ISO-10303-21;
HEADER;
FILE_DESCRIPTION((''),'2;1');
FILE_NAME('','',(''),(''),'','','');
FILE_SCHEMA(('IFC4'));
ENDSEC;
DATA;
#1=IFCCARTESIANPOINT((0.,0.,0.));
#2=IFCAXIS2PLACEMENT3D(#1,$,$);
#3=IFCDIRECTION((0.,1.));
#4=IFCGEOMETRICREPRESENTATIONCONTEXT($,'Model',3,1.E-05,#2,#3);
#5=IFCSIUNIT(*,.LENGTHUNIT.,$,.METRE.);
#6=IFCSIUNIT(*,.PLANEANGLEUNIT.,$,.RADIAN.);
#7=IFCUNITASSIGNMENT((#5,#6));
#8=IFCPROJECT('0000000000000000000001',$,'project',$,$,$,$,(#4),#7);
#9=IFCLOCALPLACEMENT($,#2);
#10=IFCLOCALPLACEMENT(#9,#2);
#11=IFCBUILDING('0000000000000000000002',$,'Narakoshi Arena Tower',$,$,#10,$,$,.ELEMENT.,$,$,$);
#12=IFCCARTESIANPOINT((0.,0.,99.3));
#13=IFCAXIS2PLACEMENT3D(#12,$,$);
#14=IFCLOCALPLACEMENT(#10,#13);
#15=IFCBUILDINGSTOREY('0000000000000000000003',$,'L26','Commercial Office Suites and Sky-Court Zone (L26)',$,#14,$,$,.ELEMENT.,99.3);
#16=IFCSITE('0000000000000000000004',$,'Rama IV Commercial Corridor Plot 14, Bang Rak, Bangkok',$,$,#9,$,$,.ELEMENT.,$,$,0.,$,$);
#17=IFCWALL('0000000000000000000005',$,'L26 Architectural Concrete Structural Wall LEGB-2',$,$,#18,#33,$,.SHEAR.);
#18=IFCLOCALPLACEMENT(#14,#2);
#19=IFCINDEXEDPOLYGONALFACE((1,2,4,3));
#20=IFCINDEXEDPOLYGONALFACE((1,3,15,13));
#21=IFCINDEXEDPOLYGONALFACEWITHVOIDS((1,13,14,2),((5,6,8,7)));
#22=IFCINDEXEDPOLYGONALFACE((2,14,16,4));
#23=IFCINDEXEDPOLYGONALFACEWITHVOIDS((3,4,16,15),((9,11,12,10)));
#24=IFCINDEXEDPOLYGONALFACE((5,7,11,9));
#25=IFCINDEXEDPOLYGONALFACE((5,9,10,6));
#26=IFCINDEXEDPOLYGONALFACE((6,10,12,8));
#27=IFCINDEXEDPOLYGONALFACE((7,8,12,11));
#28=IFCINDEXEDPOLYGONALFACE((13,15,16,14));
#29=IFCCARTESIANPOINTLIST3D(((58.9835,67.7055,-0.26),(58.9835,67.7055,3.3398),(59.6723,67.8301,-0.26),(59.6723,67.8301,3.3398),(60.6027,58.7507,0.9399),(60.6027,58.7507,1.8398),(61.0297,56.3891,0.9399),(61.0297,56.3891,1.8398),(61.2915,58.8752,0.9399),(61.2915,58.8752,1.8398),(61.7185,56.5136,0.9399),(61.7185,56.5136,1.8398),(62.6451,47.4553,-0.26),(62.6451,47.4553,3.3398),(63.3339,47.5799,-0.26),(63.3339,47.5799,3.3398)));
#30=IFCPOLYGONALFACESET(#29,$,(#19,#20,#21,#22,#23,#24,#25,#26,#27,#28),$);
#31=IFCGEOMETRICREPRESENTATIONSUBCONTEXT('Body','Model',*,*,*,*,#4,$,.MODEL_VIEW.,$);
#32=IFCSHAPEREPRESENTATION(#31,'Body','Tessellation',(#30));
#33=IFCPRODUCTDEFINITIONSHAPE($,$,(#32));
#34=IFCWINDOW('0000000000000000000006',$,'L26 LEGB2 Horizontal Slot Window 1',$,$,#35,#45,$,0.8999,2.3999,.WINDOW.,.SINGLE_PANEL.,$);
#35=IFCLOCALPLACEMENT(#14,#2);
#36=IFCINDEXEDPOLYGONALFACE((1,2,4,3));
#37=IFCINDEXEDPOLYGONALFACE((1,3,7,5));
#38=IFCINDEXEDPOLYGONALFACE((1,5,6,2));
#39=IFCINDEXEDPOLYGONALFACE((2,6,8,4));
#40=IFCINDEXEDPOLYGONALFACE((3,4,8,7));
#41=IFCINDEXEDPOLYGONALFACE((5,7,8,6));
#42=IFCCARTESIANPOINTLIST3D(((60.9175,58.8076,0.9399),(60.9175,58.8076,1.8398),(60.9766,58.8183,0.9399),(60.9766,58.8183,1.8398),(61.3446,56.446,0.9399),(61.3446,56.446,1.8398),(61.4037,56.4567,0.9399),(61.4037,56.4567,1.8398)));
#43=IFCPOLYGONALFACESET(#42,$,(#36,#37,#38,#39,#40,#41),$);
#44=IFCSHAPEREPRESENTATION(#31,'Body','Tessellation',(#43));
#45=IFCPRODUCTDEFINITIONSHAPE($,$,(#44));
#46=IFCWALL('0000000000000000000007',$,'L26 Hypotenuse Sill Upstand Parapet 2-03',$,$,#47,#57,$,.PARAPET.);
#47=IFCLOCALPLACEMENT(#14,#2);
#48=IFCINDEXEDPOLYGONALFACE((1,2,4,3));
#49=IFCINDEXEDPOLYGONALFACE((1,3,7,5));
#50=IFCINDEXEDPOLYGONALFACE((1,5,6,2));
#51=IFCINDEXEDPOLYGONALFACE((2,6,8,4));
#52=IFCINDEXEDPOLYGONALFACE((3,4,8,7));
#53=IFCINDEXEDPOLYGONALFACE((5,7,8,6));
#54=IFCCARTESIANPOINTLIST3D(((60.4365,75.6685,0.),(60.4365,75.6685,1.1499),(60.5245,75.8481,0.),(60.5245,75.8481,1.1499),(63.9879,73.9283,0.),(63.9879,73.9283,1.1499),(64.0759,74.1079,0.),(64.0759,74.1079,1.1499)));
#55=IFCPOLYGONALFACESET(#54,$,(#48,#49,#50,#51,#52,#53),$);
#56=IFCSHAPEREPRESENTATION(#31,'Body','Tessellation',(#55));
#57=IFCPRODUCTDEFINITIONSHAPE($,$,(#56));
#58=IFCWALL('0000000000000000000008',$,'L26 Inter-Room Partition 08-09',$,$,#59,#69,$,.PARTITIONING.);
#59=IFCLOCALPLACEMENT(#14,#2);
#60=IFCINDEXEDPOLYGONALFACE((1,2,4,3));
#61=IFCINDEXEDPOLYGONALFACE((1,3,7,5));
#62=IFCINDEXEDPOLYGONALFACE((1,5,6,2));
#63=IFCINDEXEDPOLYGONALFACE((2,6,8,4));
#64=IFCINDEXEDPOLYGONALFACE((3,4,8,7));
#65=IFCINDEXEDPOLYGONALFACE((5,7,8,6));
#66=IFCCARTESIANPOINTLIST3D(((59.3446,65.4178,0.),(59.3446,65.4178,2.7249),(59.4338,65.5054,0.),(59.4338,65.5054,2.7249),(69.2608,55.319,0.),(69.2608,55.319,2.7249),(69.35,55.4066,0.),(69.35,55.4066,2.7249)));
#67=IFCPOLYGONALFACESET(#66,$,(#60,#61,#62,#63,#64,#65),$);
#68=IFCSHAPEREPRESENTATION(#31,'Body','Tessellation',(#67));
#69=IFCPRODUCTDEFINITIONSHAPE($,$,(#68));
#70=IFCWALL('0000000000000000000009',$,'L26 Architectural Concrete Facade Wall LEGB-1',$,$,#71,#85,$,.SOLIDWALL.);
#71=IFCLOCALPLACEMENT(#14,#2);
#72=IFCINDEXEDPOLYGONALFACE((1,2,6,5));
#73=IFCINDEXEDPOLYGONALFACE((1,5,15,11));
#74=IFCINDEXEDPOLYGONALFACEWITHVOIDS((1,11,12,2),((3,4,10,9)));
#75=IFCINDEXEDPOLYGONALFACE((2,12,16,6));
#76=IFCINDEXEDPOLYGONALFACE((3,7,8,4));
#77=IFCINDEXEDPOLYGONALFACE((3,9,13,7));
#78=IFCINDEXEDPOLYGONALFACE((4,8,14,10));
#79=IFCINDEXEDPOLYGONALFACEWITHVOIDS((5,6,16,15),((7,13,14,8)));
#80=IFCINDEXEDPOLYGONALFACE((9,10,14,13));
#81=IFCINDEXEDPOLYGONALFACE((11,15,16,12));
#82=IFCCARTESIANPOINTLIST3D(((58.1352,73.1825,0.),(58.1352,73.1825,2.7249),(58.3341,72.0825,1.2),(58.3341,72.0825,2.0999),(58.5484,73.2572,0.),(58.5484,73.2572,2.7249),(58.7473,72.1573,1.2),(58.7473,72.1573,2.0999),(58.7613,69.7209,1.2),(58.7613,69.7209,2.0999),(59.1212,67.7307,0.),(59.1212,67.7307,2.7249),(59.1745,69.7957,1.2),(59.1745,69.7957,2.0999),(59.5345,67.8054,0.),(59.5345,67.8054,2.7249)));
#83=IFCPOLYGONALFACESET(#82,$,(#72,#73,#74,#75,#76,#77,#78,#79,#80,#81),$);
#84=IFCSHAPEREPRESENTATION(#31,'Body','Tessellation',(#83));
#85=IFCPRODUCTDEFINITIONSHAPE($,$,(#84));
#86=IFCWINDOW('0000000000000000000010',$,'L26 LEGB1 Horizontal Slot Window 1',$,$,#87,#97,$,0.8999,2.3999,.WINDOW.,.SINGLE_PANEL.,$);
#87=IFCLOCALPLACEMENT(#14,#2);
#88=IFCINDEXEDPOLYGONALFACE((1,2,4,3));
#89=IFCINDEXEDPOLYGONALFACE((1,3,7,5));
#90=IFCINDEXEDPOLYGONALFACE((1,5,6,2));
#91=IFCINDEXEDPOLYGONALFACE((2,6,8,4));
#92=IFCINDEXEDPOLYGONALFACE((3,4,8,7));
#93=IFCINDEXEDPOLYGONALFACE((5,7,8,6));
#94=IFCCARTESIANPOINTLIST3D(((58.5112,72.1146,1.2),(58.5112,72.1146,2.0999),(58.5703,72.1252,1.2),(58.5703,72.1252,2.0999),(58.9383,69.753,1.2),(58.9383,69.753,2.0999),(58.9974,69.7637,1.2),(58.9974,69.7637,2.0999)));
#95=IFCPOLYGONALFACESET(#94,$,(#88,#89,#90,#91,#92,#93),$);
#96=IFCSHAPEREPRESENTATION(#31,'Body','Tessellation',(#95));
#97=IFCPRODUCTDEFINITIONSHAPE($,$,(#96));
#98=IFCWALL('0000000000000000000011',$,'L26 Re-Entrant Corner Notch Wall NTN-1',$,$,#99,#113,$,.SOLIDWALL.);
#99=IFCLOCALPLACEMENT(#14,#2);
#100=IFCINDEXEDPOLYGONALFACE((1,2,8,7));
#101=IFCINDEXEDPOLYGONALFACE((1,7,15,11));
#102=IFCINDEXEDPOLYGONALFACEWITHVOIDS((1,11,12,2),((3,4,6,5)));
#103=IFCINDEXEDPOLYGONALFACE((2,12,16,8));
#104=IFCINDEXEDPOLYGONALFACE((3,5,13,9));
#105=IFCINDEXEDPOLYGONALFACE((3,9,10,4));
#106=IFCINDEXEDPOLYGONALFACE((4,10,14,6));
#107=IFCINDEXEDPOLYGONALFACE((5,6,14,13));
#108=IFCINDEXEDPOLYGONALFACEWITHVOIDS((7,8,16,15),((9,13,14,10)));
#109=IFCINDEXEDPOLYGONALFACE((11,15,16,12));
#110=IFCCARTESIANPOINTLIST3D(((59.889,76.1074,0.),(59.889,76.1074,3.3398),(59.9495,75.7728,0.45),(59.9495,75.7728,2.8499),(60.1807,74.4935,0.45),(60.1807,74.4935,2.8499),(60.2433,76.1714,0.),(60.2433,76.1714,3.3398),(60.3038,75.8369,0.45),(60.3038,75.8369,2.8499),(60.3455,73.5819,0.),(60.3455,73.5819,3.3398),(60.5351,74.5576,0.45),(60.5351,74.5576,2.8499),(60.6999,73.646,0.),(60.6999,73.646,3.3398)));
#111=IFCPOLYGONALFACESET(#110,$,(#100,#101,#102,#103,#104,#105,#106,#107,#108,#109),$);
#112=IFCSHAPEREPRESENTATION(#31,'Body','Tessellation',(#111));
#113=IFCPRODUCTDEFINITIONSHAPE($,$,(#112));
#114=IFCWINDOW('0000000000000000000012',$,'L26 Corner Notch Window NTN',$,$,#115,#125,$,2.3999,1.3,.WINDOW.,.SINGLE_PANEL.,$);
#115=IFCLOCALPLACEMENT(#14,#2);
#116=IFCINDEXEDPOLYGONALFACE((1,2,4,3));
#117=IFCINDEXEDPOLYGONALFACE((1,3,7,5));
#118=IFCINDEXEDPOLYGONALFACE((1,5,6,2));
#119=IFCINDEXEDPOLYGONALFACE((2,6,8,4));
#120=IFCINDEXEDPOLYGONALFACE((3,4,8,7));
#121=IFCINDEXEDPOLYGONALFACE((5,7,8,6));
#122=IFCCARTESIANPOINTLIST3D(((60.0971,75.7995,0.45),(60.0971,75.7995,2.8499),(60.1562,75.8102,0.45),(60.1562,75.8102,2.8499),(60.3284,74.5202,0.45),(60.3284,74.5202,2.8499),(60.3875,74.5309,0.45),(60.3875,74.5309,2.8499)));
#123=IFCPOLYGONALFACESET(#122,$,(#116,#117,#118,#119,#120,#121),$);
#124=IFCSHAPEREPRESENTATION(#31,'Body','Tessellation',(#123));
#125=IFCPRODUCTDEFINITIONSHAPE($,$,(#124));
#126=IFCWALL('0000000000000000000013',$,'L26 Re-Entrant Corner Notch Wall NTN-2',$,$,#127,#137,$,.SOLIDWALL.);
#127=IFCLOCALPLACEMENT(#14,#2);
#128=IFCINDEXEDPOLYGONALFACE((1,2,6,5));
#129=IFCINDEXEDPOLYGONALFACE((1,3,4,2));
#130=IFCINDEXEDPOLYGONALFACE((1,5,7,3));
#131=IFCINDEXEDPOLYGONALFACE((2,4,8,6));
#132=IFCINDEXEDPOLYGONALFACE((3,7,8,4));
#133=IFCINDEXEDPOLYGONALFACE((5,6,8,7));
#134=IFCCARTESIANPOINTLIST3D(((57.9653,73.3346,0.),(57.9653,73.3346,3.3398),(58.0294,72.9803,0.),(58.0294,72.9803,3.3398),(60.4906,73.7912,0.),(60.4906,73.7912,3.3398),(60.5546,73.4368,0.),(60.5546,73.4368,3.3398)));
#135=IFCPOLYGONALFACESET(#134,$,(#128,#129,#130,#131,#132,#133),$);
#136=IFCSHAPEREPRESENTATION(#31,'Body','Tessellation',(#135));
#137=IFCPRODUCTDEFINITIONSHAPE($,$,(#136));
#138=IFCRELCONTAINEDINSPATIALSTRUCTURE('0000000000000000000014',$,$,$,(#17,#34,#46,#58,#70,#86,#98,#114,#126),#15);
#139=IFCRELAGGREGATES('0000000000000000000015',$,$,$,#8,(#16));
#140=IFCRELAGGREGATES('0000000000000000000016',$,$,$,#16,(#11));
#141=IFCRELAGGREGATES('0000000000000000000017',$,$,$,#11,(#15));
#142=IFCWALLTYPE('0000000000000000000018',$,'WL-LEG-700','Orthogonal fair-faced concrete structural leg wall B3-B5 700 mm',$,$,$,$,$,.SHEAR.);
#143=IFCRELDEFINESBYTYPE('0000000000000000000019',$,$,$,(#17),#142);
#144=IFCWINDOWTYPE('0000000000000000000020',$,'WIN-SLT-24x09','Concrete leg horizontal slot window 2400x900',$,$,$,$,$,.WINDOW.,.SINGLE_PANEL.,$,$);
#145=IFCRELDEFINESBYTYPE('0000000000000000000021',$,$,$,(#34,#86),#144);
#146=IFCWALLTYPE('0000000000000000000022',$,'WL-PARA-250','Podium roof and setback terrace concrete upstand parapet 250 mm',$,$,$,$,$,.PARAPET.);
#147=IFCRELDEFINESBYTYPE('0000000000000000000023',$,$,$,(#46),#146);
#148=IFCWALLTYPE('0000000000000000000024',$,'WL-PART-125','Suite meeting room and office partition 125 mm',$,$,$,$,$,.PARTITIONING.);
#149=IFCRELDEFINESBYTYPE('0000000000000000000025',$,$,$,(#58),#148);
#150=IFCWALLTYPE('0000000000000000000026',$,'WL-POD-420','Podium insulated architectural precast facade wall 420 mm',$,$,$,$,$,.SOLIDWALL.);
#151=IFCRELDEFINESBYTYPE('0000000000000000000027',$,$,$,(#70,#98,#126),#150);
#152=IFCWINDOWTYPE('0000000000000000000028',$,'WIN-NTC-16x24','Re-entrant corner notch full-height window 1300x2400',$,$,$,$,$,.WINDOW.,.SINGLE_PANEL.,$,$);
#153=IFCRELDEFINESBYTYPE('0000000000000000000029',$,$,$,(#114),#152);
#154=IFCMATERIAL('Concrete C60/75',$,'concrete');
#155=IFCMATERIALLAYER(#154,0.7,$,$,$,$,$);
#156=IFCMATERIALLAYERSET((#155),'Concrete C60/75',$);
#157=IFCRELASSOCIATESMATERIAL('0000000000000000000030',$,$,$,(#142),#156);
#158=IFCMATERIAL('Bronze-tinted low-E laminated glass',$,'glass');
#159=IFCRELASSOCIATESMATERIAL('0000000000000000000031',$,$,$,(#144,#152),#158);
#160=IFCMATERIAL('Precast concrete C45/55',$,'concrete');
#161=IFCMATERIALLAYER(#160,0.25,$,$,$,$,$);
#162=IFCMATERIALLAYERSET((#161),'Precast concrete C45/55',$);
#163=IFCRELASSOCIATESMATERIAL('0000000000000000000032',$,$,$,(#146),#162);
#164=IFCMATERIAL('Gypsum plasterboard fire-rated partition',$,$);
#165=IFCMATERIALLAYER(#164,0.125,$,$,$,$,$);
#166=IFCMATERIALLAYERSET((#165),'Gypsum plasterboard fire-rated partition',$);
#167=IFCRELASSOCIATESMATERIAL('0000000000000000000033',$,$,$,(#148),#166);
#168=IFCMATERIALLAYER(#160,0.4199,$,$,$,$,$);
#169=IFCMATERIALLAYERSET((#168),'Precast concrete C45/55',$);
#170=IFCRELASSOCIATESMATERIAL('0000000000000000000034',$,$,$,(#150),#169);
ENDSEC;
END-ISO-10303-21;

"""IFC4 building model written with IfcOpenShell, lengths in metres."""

from ifc_helpers import new_model, si_unit, direction, frame, frame_2d, origin, place, context, subcontext, project, spatial, rectangle, extrude, material, layer, layer_set, type_object, element, fill, save


model = new_model("IFC4")

# Units and contexts
model_context = context("Model", 3, precision=1e-05, world=origin(), true_north=direction((0.0, 1.0)))
body_context = subcontext(model_context, "Body", "Model", "MODEL_VIEW")
ifc_project = project(units=[si_unit("LENGTHUNIT", "METRE"), si_unit("PLANEANGLEUNIT", "RADIAN")], contexts=[model_context])

# Site, building, storey
site_placement = place(None, origin())
site = spatial("IfcSite", under=ifc_project, at=site_placement, Name="Rama IV Commercial Corridor Plot 14, Bang Rak, Bangkok", CompositionType="ELEMENT", RefElevation=0.0)
building_placement = place(site_placement, origin())
building = spatial("IfcBuilding", under=site, at=building_placement, Name="Narakoshi Arena Tower", CompositionType="ELEMENT")
storey_placement = place(building_placement, frame((0.0, 0.0, 99.3)))
storey = spatial("IfcBuildingStorey", under=building, at=storey_placement, Name="L26", Description="Commercial Office Suites and Sky-Court Zone (L26)", CompositionType="ELEMENT", Elevation=99.3)

# Shared definitions
ifc_material_1 = material(Name="Concrete C60/75", Category="concrete")

# Shared definitions
ifc_material_2 = material(Name="Bronze-tinted low-E laminated glass", Category="glass")

# Shared definitions
ifc_material_3 = material(Name="Gypsum plasterboard fire-rated partition")

# Wall, opening, window
ifc_layer_1 = layer(ifc_material_1, 0.7)
ifc_layer_set_1 = layer_set([ifc_layer_1], Name="Concrete C60/75")
wall_type_1 = type_object("IfcWallType", Name="WL-LEG-700", Description="Orthogonal fair-faced concrete structural leg wall B3-B5 700 mm", PredefinedType="SHEAR", material=ifc_layer_set_1)
wall_1_placement = place(storey_placement, frame((59.3279, 67.7678, -0.26), z_axis=(0.0, 0.0, 1.0), x_axis=(0.177933, -0.984043, 0.0)))
wall_1 = element("IfcWall", 1, at=wall_1_placement, inside=storey, type_object=wall_type_1, Name="L26 Architectural Concrete Structural Wall LEGB-2", PredefinedType="SHEAR", context=body_context, shape_type="SweptSolid", body=[
    extrude(rectangle(XDim=20.5786, YDim=0.7, at=frame_2d((10.2893, 0.0))), origin(), (0.0, 0.0, 1.0), 3.5999),
])
opening_1_placement = place(wall_1_placement, frame((9.1001, 0.0, 1.2)))
opening_1 = element("IfcOpeningElement", 2, at=opening_1_placement, cuts=wall_1, PredefinedType="OPENING", context=body_context, shape_type="SweptSolid", body=[
    extrude(rectangle(XDim=2.3999, YDim=0.8999, at=frame_2d((1.2, 0.45))), frame((0.0, 0.3599, 0.0), z_axis=(0.0, -1.0, 0.0), x_axis=(1.0, 0.0, 0.0)), (0.0, 0.0, 1.0), 0.72),
])
window_type_1 = type_object("IfcWindowType", Name="WIN-SLT-24x09", Description="Concrete leg horizontal slot window 2400x900", PartitioningType="SINGLE_PANEL", PredefinedType="WINDOW", material=ifc_material_2)
window_1_placement = place(opening_1_placement, origin())
window_1 = element("IfcWindow", 3, at=window_1_placement, inside=storey, type_object=window_type_1, Name="L26 LEGB2 Horizontal Slot Window 1", OverallHeight=0.8999, OverallWidth=2.3999, PartitioningType="SINGLE_PANEL", PredefinedType="WINDOW", context=body_context, shape_type="SweptSolid", body=[
    extrude(rectangle(XDim=2.3999, YDim=0.8999, at=frame_2d((1.2, 0.45))), frame((0.0, 0.03, 0.0), z_axis=(0.0, -1.0, 0.0), x_axis=(1.0, 0.0, 0.0)), (0.0, 0.0, 1.0), 0.0601),
])
fill(opening_1, window_1)

# Walls
ifc_material_4 = material(Name="Precast concrete C45/55", Category="concrete")
ifc_layer_2 = layer(ifc_material_4, 0.25)
ifc_layer_set_2 = layer_set([ifc_layer_2], Name="Precast concrete C45/55")
wall_type_2 = type_object("IfcWallType", Name="WL-PARA-250", Description="Podium roof and setback terrace concrete upstand parapet 250 mm", PredefinedType="PARAPET", material=ifc_layer_set_2)
wall_2_placement = place(storey_placement, frame((64.032, 74.0181, 0.0), z_axis=(0.0, 0.0, 1.0), x_axis=(-0.897991, 0.440014, 0.0)))
element("IfcWall", 4, at=wall_2_placement, inside=storey, type_object=wall_type_2, Name="L26 Hypotenuse Sill Upstand Parapet 2-03", PredefinedType="PARAPET", context=body_context, shape_type="SweptSolid", body=[
    extrude(rectangle(XDim=3.9548, YDim=0.2, at=frame_2d((1.9775, 0.0))), origin(), (0.0, 0.0, 1.0), 1.1499),
])
ifc_layer_3 = layer(ifc_material_3, 0.125)
ifc_layer_set_3 = layer_set([ifc_layer_3], Name="Gypsum plasterboard fire-rated partition")
wall_type_3 = type_object("IfcWallType", Name="WL-PART-125", Description="Suite meeting room and office partition 125 mm", PredefinedType="PARTITIONING", material=ifc_layer_set_3)
wall_3_placement = place(storey_placement, frame((69.3054, 55.3628, 0.0), z_axis=(0.0, 0.0, 1.0), x_axis=(-0.700626, 0.713529, 0.0)))
element("IfcWall", 5, at=wall_3_placement, inside=storey, type_object=wall_type_3, Name="L26 Inter-Room Partition 08-09", PredefinedType="PARTITIONING", context=body_context, shape_type="SweptSolid", body=[
    extrude(rectangle(XDim=14.1533, YDim=0.125, at=frame_2d((7.0767, 0.0))), origin(), (0.0, 0.0, 1.0), 2.7249),
])

# Walls, openings, windows
ifc_layer_4 = layer(ifc_material_4, 0.4199)
ifc_layer_set_4 = layer_set([ifc_layer_4], Name="Precast concrete C45/55")
wall_type_4 = type_object("IfcWallType", Name="WL-POD-420", Description="Podium insulated architectural precast facade wall 420 mm", PredefinedType="SOLIDWALL", material=ifc_layer_set_4)
wall_4_placement = place(storey_placement, frame((58.3418, 73.2197, 0.0), z_axis=(0.0, 0.0, 1.0), x_axis=(0.177982, -0.984034, 0.0)))
wall_4 = element("IfcWall", 6, at=wall_4_placement, inside=storey, type_object=wall_type_4, Name="L26 Architectural Concrete Facade Wall LEGB-1", PredefinedType="SOLIDWALL", context=body_context, shape_type="SweptSolid", body=[
    extrude(rectangle(XDim=5.5403, YDim=0.4199, at=frame_2d((2.77, 0.0))), origin(), (0.0, 0.0, 1.0), 2.7249),
])
opening_2_placement = place(wall_4_placement, frame((1.1177, 0.0, 1.2)))
opening_2 = element("IfcOpeningElement", 7, at=opening_2_placement, cuts=wall_4, PredefinedType="OPENING", context=body_context, shape_type="SweptSolid", body=[
    extrude(rectangle(XDim=2.3999, YDim=0.8999, at=frame_2d((1.2, 0.45))), frame((0.0, 0.22, 0.0), z_axis=(0.0, -1.0, 0.0), x_axis=(1.0, 0.0, 0.0)), (0.0, 0.0, 1.0), 0.4399),
])
window_2_placement = place(opening_2_placement, origin())
window_2 = element("IfcWindow", 8, at=window_2_placement, inside=storey, type_object=window_type_1, Name="L26 LEGB1 Horizontal Slot Window 1", OverallHeight=0.8999, OverallWidth=2.3999, PartitioningType="SINGLE_PANEL", PredefinedType="WINDOW", context=body_context, shape_type="SweptSolid", body=[
    extrude(rectangle(XDim=2.3999, YDim=0.8999, at=frame_2d((1.2, 0.45))), frame((0.0, 0.03, 0.0), z_axis=(0.0, -1.0, 0.0), x_axis=(1.0, 0.0, 0.0)), (0.0, 0.0, 1.0), 0.0601),
])
fill(opening_2, window_2)
wall_5_placement = place(storey_placement, frame((60.0662, 76.1394, 0.0), z_axis=(0.0, 0.0, 1.0), x_axis=(0.177897, -0.984049, 0.0)))
wall_5 = element("IfcWall", 9, at=wall_5_placement, inside=storey, type_object=wall_type_4, Name="L26 Re-Entrant Corner Notch Wall NTN-1", PredefinedType="SOLIDWALL", context=body_context, shape_type="SweptSolid", body=[
    extrude(rectangle(XDim=2.5664, YDim=0.3601, at=frame_2d((1.2832, 0.0))), origin(), (0.0, 0.0, 1.0), 3.3398),
])
opening_3_placement = place(wall_5_placement, frame((0.3401, 0.0, 0.45)))
opening_3 = element("IfcOpeningElement", 10, at=opening_3_placement, cuts=wall_5, PredefinedType="OPENING", context=body_context, shape_type="SweptSolid", body=[
    extrude(rectangle(XDim=1.3, YDim=2.3999, at=frame_2d((0.6499, 1.2))), frame((0.0, 0.1899, 0.0), z_axis=(0.0, -1.0, 0.0), x_axis=(1.0, 0.0, 0.0)), (0.0, 0.0, 1.0), 0.3801),
])
window_type_2 = type_object("IfcWindowType", Name="WIN-NTC-16x24", Description="Re-entrant corner notch full-height window 1300x2400", PartitioningType="SINGLE_PANEL", PredefinedType="WINDOW", material=ifc_material_2)
window_3_placement = place(opening_3_placement, origin())
window_3 = element("IfcWindow", 11, at=window_3_placement, inside=storey, type_object=window_type_2, Name="L26 Corner Notch Window NTN", OverallHeight=2.3999, OverallWidth=1.3, PartitioningType="SINGLE_PANEL", PredefinedType="WINDOW", context=body_context, shape_type="SweptSolid", body=[
    extrude(rectangle(XDim=1.3, YDim=2.3999, at=frame_2d((0.6499, 1.2))), frame((0.0, 0.03, 0.0), z_axis=(0.0, -1.0, 0.0), x_axis=(1.0, 0.0, 0.0)), (0.0, 0.0, 1.0), 0.0601),
])
fill(opening_3, window_3)

# Wall
wall_6_placement = place(storey_placement, frame((60.5227, 73.614, 0.0), z_axis=(0.0, 0.0, 1.0), x_axis=(-0.984046, -0.177914, 0.0)))
element("IfcWall", 12, at=wall_6_placement, inside=storey, type_object=wall_type_4, Name="L26 Re-Entrant Corner Notch Wall NTN-2", PredefinedType="SOLIDWALL", context=body_context, shape_type="SweptSolid", body=[
    extrude(rectangle(XDim=2.5662, YDim=0.3601, at=frame_2d((1.2832, 0.0))), origin(), (0.0, 0.0, 1.0), 3.3398),
])

save(model, "model.ifc")
